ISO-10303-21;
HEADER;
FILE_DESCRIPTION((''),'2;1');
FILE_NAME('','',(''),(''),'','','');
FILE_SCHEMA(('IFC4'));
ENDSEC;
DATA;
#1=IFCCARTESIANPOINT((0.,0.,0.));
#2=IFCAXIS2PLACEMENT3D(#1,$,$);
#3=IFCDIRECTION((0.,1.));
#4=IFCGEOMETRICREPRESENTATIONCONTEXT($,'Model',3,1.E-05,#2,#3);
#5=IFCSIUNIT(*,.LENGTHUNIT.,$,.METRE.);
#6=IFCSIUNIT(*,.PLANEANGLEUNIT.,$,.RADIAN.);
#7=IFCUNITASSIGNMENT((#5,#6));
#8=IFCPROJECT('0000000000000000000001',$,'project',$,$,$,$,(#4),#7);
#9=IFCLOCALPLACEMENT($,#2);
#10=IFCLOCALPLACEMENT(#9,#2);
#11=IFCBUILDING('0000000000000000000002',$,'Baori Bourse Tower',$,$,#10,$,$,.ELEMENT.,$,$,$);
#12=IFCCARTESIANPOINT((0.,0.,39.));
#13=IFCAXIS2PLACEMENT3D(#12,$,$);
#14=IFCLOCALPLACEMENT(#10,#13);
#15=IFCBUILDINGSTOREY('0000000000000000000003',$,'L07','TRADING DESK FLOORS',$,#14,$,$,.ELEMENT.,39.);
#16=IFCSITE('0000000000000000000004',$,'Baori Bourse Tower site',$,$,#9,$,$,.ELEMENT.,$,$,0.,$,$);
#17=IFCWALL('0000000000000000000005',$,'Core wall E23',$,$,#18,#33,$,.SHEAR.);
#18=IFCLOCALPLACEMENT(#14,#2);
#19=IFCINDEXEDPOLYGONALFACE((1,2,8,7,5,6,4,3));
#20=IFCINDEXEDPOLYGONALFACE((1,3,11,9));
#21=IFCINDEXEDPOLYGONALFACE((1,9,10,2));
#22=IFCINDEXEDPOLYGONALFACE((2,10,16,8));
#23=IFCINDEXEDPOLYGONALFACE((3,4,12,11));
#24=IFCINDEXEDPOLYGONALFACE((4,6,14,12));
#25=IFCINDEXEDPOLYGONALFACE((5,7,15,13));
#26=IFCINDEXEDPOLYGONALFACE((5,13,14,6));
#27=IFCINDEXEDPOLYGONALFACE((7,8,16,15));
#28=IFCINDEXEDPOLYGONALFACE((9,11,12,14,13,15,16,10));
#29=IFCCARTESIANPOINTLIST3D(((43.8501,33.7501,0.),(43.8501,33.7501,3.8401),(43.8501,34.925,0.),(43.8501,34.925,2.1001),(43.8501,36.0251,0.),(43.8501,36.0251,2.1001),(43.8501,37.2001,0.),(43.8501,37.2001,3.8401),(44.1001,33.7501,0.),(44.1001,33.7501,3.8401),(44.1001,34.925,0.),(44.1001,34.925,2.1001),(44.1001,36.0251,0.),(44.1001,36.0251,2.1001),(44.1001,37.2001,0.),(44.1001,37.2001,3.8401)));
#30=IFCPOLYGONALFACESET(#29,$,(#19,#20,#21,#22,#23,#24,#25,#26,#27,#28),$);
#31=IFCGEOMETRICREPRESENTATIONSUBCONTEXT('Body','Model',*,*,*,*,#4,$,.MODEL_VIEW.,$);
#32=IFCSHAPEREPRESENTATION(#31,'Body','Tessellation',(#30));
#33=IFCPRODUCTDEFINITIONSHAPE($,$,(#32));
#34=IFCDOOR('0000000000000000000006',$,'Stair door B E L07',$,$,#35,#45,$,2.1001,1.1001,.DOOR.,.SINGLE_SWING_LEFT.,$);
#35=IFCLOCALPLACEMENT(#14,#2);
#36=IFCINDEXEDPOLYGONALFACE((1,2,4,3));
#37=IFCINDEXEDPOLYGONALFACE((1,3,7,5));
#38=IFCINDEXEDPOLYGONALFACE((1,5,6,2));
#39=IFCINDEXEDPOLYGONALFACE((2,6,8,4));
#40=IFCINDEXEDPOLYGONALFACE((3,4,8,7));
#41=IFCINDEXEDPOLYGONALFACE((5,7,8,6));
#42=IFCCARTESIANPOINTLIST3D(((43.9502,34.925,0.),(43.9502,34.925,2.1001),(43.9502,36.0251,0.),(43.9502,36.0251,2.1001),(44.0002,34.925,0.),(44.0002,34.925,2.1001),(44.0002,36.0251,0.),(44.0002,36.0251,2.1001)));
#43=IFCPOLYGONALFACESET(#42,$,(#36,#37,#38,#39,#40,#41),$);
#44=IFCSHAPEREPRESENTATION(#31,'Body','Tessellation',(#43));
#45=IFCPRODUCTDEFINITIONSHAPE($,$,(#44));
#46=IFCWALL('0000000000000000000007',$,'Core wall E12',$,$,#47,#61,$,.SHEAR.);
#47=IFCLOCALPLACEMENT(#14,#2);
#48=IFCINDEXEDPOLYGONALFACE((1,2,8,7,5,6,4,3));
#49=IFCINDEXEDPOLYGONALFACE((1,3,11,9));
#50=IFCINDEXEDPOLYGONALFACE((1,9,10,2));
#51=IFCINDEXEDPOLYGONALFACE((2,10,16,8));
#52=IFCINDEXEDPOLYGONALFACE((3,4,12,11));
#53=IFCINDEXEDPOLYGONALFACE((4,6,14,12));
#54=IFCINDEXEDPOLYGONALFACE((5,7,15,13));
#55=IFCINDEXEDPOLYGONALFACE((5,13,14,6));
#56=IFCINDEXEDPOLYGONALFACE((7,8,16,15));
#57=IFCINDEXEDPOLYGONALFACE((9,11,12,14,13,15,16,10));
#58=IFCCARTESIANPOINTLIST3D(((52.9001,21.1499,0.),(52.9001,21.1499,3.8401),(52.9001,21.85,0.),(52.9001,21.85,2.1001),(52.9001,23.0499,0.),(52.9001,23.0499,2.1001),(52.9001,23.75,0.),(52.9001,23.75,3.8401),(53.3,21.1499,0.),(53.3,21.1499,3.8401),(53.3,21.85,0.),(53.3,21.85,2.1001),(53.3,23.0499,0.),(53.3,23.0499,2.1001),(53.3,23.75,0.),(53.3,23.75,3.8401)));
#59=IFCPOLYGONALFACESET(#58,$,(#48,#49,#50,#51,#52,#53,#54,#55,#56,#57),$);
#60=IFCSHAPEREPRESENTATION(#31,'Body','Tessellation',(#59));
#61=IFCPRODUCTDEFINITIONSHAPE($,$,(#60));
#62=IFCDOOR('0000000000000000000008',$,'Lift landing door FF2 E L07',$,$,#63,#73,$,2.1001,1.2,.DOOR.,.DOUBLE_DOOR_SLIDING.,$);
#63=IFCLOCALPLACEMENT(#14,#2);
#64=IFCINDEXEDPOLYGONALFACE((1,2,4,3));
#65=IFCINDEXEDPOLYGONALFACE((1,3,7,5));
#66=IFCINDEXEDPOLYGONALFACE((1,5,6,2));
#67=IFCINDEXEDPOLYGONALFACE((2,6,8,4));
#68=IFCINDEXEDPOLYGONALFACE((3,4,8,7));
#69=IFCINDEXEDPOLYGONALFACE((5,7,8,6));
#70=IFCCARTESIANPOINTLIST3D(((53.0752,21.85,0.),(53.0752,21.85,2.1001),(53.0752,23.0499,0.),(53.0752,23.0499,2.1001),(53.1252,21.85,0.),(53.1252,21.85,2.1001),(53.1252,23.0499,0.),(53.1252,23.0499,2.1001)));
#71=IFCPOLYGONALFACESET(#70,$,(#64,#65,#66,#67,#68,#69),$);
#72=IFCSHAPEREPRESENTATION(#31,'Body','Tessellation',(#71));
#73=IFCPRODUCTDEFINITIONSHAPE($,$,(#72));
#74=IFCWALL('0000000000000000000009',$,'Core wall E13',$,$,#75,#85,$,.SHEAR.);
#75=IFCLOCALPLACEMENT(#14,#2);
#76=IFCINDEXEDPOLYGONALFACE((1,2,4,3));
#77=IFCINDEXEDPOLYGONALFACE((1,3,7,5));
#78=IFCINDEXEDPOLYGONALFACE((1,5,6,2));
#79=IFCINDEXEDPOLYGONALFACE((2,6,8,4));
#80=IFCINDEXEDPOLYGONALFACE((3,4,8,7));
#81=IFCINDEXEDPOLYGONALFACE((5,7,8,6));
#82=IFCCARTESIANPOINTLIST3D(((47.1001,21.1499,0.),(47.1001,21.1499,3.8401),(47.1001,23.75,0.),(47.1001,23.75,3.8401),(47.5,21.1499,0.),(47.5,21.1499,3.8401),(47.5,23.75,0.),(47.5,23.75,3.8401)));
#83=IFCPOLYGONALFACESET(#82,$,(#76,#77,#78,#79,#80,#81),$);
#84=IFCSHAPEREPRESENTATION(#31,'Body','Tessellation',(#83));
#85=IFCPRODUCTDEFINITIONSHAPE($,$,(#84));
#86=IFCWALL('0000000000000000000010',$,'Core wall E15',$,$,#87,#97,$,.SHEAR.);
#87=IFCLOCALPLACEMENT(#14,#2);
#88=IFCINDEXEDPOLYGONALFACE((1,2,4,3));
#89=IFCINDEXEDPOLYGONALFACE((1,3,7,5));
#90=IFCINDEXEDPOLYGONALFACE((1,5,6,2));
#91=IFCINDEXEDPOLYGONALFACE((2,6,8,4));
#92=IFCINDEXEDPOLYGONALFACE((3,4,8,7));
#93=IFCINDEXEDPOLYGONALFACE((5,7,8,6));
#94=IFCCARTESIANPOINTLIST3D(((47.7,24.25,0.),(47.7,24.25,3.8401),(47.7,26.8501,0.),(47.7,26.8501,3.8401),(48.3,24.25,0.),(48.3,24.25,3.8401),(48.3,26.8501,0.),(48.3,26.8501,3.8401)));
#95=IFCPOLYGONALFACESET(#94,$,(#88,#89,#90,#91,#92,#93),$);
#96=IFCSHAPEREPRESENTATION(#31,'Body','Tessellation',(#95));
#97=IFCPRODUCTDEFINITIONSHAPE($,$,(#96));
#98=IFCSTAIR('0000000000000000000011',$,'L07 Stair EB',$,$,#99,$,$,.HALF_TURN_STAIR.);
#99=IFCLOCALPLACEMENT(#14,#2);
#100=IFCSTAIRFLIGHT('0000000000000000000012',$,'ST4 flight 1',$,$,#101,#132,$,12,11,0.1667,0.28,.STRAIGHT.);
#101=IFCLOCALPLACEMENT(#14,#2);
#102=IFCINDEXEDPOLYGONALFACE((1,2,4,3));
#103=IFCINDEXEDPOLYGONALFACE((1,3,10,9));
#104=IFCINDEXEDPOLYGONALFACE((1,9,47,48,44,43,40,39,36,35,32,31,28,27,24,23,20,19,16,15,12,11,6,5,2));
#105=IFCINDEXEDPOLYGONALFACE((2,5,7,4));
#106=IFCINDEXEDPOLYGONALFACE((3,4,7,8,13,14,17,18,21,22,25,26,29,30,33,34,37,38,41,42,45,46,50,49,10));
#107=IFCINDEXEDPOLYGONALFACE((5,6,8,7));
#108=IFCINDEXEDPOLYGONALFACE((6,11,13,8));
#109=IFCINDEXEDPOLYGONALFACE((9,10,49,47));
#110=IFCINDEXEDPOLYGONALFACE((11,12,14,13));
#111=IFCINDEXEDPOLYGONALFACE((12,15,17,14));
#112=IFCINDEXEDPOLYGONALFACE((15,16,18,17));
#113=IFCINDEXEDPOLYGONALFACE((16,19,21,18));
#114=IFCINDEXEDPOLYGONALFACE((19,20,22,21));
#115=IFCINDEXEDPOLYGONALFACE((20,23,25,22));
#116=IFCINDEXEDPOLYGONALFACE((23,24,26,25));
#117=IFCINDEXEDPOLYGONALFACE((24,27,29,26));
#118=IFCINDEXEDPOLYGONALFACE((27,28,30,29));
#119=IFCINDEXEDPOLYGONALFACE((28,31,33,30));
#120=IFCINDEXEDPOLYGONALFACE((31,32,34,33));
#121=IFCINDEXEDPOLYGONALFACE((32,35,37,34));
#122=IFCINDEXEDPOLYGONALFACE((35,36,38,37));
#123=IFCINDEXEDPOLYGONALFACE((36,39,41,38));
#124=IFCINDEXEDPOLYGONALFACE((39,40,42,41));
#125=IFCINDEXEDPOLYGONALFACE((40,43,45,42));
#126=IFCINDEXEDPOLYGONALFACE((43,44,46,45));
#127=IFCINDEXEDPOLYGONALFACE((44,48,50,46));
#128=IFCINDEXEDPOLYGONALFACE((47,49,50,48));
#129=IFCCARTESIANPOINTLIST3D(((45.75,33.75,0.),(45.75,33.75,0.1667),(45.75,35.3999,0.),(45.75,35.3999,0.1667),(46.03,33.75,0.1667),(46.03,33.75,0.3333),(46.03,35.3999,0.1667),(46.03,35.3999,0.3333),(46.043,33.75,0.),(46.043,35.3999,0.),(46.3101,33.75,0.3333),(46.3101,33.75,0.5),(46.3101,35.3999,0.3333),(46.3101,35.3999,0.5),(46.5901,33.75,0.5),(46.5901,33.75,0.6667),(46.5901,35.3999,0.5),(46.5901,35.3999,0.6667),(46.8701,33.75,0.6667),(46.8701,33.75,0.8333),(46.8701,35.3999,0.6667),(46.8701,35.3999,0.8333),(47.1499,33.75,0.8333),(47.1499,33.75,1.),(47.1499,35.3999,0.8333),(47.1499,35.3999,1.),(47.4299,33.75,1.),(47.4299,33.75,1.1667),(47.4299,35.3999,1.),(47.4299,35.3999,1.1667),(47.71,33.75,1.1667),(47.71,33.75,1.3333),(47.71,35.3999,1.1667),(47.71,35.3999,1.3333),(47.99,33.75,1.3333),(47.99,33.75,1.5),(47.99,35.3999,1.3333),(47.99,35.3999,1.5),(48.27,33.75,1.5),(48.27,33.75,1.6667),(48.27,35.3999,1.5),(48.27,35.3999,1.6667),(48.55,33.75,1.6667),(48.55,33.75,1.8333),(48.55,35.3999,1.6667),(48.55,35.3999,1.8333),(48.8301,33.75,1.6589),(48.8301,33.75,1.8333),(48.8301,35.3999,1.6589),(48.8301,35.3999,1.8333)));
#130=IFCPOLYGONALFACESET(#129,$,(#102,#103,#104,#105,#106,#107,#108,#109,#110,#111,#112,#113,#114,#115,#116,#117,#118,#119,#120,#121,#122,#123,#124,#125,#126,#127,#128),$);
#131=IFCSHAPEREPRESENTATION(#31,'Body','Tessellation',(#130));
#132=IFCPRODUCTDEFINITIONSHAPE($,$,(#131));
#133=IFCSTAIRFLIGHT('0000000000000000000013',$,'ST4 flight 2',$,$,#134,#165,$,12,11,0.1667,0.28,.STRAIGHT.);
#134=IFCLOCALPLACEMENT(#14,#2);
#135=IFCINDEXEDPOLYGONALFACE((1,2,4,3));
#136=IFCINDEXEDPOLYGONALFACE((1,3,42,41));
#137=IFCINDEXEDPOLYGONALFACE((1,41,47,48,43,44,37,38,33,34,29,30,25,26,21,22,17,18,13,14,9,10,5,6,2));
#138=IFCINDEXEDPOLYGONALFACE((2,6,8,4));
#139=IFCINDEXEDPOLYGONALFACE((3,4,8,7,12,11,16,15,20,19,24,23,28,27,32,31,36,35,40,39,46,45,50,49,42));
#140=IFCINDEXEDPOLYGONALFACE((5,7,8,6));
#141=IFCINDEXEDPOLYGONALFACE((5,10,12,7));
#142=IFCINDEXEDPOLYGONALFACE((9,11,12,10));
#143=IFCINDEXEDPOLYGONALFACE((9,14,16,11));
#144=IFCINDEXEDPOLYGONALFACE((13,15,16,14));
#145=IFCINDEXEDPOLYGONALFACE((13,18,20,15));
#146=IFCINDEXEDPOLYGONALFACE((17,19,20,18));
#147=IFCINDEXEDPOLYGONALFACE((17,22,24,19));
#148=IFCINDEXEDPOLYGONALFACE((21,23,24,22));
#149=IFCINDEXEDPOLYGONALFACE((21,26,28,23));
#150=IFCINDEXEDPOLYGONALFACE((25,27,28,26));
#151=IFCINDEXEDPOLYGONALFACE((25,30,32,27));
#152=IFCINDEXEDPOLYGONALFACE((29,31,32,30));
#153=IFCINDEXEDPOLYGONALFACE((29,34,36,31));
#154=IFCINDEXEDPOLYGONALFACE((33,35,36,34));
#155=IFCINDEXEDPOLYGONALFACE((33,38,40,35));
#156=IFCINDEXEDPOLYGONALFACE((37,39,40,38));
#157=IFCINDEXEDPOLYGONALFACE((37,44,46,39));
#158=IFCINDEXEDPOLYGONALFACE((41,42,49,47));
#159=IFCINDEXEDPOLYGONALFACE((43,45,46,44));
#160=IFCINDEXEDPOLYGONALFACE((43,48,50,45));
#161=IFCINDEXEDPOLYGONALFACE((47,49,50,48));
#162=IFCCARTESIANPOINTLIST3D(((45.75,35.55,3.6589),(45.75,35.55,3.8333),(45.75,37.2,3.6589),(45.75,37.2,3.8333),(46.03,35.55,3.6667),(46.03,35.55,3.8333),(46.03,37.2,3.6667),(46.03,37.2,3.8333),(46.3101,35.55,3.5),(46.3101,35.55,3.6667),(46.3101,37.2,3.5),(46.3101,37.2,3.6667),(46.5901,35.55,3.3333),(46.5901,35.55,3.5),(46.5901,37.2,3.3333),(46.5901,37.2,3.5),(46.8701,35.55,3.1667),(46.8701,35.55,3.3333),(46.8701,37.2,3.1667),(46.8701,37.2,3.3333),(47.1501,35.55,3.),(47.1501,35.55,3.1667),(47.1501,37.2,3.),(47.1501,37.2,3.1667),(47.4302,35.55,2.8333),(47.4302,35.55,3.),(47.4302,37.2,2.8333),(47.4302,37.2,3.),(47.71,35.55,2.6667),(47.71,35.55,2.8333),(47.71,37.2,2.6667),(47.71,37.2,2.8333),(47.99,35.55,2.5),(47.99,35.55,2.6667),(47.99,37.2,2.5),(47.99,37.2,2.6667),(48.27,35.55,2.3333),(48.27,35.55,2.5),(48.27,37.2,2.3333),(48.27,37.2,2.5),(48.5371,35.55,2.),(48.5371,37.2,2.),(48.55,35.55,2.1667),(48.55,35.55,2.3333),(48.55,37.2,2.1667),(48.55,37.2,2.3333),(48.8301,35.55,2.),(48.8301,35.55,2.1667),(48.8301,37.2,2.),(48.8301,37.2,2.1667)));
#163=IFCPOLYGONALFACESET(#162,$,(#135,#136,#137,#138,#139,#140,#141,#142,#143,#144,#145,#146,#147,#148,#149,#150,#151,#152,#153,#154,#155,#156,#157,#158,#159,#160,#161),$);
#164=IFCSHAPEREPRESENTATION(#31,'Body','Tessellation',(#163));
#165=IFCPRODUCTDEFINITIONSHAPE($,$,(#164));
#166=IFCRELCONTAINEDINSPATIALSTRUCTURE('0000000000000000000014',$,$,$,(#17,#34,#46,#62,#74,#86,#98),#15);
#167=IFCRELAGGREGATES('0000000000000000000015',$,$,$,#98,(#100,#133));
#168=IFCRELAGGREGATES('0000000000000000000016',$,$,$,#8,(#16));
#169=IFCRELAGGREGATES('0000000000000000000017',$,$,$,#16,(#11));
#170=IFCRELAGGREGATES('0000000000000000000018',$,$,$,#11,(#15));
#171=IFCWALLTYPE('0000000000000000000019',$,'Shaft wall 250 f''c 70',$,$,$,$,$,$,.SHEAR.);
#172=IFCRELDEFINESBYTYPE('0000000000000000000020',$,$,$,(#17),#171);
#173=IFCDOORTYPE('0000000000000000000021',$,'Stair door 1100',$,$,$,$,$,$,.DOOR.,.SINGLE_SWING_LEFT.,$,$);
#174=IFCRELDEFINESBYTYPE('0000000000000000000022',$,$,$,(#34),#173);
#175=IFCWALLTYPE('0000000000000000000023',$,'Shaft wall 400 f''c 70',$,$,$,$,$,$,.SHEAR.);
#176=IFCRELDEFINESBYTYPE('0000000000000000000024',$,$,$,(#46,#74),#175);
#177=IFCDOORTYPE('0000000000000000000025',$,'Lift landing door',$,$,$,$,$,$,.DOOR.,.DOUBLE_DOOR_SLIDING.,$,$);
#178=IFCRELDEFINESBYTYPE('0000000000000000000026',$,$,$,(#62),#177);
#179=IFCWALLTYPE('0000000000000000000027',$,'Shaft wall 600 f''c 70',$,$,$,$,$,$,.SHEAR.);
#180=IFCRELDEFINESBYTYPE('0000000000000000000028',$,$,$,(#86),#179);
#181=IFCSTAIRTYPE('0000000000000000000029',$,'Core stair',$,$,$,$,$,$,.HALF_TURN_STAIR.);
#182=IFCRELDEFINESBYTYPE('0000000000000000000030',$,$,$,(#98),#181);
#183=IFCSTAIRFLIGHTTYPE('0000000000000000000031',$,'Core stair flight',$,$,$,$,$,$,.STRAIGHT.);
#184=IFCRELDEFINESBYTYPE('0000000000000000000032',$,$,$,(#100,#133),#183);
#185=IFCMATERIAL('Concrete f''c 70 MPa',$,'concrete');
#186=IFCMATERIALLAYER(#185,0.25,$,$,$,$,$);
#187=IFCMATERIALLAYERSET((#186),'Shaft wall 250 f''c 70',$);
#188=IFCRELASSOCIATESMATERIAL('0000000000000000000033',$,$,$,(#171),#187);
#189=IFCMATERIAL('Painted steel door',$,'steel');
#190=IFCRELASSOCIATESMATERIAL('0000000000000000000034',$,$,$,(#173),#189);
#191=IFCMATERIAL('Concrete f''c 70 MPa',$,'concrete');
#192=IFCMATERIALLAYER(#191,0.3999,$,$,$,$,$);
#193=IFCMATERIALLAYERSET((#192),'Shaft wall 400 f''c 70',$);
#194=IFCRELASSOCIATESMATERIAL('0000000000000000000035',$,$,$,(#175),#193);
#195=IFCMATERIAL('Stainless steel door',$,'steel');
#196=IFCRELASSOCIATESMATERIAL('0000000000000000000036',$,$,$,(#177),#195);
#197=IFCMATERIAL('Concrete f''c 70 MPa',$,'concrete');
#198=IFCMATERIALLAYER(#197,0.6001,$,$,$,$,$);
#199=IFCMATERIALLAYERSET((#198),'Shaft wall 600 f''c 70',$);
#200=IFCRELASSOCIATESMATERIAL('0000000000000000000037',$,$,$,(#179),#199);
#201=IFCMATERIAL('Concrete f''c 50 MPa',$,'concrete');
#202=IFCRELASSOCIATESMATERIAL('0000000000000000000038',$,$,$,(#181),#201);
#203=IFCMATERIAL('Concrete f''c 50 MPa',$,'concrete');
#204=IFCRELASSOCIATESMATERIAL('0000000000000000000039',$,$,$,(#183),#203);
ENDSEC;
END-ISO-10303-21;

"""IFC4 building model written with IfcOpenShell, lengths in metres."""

from ifc_helpers import new_model, si_unit, direction, frame, frame_2d, origin, place, context, subcontext, project, spatial, polyline, rectangle, outline, extrude, material, layer, layer_set, type_object, element, fill, aggregate, save


model = new_model("IFC4")

# Units and contexts
model_context = context("Model", 3, precision=1e-05, world=origin(), true_north=direction((0.0, 1.0)))
body_context = subcontext(model_context, "Body", "Model", "MODEL_VIEW")
ifc_project = project(units=[si_unit("LENGTHUNIT", "METRE"), si_unit("PLANEANGLEUNIT", "RADIAN")], contexts=[model_context])

# Site, building, storey
site_placement = place(None, origin())
site = spatial("IfcSite", under=ifc_project, at=site_placement, Name="Baori Bourse Tower site", CompositionType="ELEMENT", RefElevation=0.0)
building_placement = place(site_placement, origin())
building = spatial("IfcBuilding", under=site, at=building_placement, Name="Baori Bourse Tower", CompositionType="ELEMENT")
storey_placement = place(building_placement, frame((0.0, 0.0, 39.0)))
storey = spatial("IfcBuildingStorey", under=building, at=storey_placement, Name="L07", Description="TRADING DESK FLOORS", CompositionType="ELEMENT", Elevation=39.0)

# Walls, openings, doors
ifc_material_1 = material(Name="Concrete f'c 70 MPa", Category="concrete")
ifc_layer_1 = layer(ifc_material_1, 0.25)
ifc_layer_set_1 = layer_set([ifc_layer_1], Name="Shaft wall 250 f'c 70")
wall_type_1 = type_object("IfcWallType", Name="Shaft wall 250 f'c 70", PredefinedType="SHEAR", material=ifc_layer_set_1)
wall_1_placement = place(storey_placement, frame((43.9751, 33.75, 0.0), z_axis=(0.0, 0.0, 1.0), x_axis=(0.0, 1.0, 0.0)))
wall_1 = element("IfcWall", 1, at=wall_1_placement, inside=storey, type_object=wall_type_1, Name="Core wall E23", PredefinedType="SHEAR", context=body_context, shape_type="SweptSolid", body=[
    extrude(rectangle(XDim=3.45, YDim=0.25, at=frame_2d((1.7251, 0.0))), origin(), (0.0, 0.0, 1.0), 3.8401),
])
opening_1_placement = place(wall_1_placement, frame((1.175, 0.0, 0.0)))
opening_1 = element("IfcOpeningElement", 2, at=opening_1_placement, cuts=wall_1, PredefinedType="OPENING", context=body_context, shape_type="SweptSolid", body=[
    extrude(rectangle(XDim=1.1001, YDim=2.1001, at=frame_2d((0.55, 1.05))), frame((0.0, 0.135, 0.0), z_axis=(0.0, -1.0, 0.0), x_axis=(1.0, 0.0, 0.0)), (0.0, 0.0, 1.0), 0.27),
])
ifc_material_2 = material(Name="Painted steel door", Category="steel")
door_type_1 = type_object("IfcDoorType", Name="Stair door 1100", OperationType="SINGLE_SWING_LEFT", PredefinedType="DOOR", material=ifc_material_2)
door_1_placement = place(opening_1_placement, origin())
door_1 = element("IfcDoor", 3, at=door_1_placement, inside=storey, type_object=door_type_1, Name="Stair door B E L07", OperationType="SINGLE_SWING_LEFT", OverallHeight=2.1001, OverallWidth=1.1001, PredefinedType="DOOR", context=body_context, shape_type="SweptSolid", body=[
    extrude(rectangle(XDim=1.1001, YDim=2.1001, at=frame_2d((0.55, 1.05))), frame((0.0, 0.0249, 0.0), z_axis=(0.0, -1.0, 0.0), x_axis=(1.0, 0.0, 0.0)), (0.0, 0.0, 1.0), 0.05),
])
fill(opening_1, door_1)
ifc_material_3 = material(Name="Concrete f'c 70 MPa", Category="concrete")
ifc_layer_2 = layer(ifc_material_3, 0.3999)
ifc_layer_set_2 = layer_set([ifc_layer_2], Name="Shaft wall 400 f'c 70")
wall_type_2 = type_object("IfcWallType", Name="Shaft wall 400 f'c 70", PredefinedType="SHEAR", material=ifc_layer_set_2)
wall_2_placement = place(storey_placement, frame((53.1001, 21.1499, 0.0), z_axis=(0.0, 0.0, 1.0), x_axis=(0.0, 1.0, 0.0)))
wall_2 = element("IfcWall", 4, at=wall_2_placement, inside=storey, type_object=wall_type_2, Name="Core wall E12", PredefinedType="SHEAR", context=body_context, shape_type="SweptSolid", body=[
    extrude(rectangle(XDim=2.6001, YDim=0.3999, at=frame_2d((1.3, 0.0))), origin(), (0.0, 0.0, 1.0), 3.8401),
])
opening_2_placement = place(wall_2_placement, frame((0.7, 0.0, 0.0)))
opening_2 = element("IfcOpeningElement", 5, at=opening_2_placement, cuts=wall_2, PredefinedType="OPENING", context=body_context, shape_type="SweptSolid", body=[
    extrude(rectangle(XDim=1.2, YDim=2.1001, at=frame_2d((0.6001, 1.05))), frame((0.0, 0.21, 0.0), z_axis=(0.0, -1.0, 0.0), x_axis=(1.0, 0.0, 0.0)), (0.0, 0.0, 1.0), 0.4199),
])
ifc_material_4 = material(Name="Stainless steel door", Category="steel")
door_type_2 = type_object("IfcDoorType", Name="Lift landing door", OperationType="DOUBLE_DOOR_SLIDING", PredefinedType="DOOR", material=ifc_material_4)
door_2_placement = place(opening_2_placement, origin())
door_2 = element("IfcDoor", 6, at=door_2_placement, inside=storey, type_object=door_type_2, Name="Lift landing door FF2 E L07", OperationType="DOUBLE_DOOR_SLIDING", OverallHeight=2.1001, OverallWidth=1.2, PredefinedType="DOOR", context=body_context, shape_type="SweptSolid", body=[
    extrude(rectangle(XDim=1.2, YDim=2.1001, at=frame_2d((0.6001, 1.05))), frame((0.0, 0.0249, 0.0), z_axis=(0.0, -1.0, 0.0), x_axis=(1.0, 0.0, 0.0)), (0.0, 0.0, 1.0), 0.05),
])
fill(opening_2, door_2)

# Walls
wall_3_placement = place(storey_placement, frame((47.3, 21.1499, 0.0), z_axis=(0.0, 0.0, 1.0), x_axis=(0.0, 1.0, 0.0)))
element("IfcWall", 7, at=wall_3_placement, inside=storey, type_object=wall_type_2, Name="Core wall E13", PredefinedType="SHEAR", context=body_context, shape_type="SweptSolid", body=[
    extrude(rectangle(XDim=2.6001, YDim=0.3999, at=frame_2d((1.3, 0.0))), origin(), (0.0, 0.0, 1.0), 3.8401),
])
ifc_material_5 = material(Name="Concrete f'c 70 MPa", Category="concrete")
ifc_layer_3 = layer(ifc_material_5, 0.6001)
ifc_layer_set_3 = layer_set([ifc_layer_3], Name="Shaft wall 600 f'c 70")
wall_type_3 = type_object("IfcWallType", Name="Shaft wall 600 f'c 70", PredefinedType="SHEAR", material=ifc_layer_set_3)
wall_4_placement = place(storey_placement, frame((48.0, 24.25, 0.0), z_axis=(0.0, 0.0, 1.0), x_axis=(0.0, 1.0, 0.0)))
element("IfcWall", 8, at=wall_4_placement, inside=storey, type_object=wall_type_3, Name="Core wall E15", PredefinedType="SHEAR", context=body_context, shape_type="SweptSolid", body=[
    extrude(rectangle(XDim=2.6001, YDim=0.6001, at=frame_2d((1.3, 0.0))), origin(), (0.0, 0.0, 1.0), 3.8401),
])

# Stair, stair flights
ifc_material_6 = material(Name="Concrete f'c 50 MPa", Category="concrete")
stair_type = type_object("IfcStairType", Name="Core stair", PredefinedType="HALF_TURN_STAIR", material=ifc_material_6)
stair_placement = place(storey_placement, origin())
stair = element("IfcStair", 9, at=stair_placement, inside=storey, type_object=stair_type, Name="L07 Stair EB", PredefinedType="HALF_TURN_STAIR")
ifc_material_7 = material(Name="Concrete f'c 50 MPa", Category="concrete")
stair_flight_type = type_object("IfcStairFlightType", Name="Core stair flight", PredefinedType="STRAIGHT", material=ifc_material_7)
stair_flight_1_placement = place(storey_placement, frame((45.75, 34.575, 0.0), z_axis=(0.0, 0.0, 1.0), x_axis=(1.0, 0.0, 0.0)))
stair_flight_1 = element("IfcStairFlight", 10, at=stair_flight_1_placement, type_object=stair_flight_type, Name="ST4 flight 1", NumberOfRisers=12, NumberOfTreads=11, PredefinedType="STRAIGHT", RiserHeight=0.1667, TreadLength=0.28, context=body_context, shape_type="SweptSolid", body=[
    extrude(outline(polyline([(0.0, 0.0), (0.0, 0.1667), (0.28, 0.1667), (0.28, 0.3333), (0.5601, 0.3333), (0.5601, 0.5), (0.8401, 0.5), (0.8401, 0.6667), (1.1201, 0.6667), (1.1201, 0.8333), (1.3999, 0.8333), (1.3999, 1.0), (1.6799, 1.0), (1.6799, 1.1667), (1.96, 1.1667), (1.96, 1.3333), (2.24, 1.3333), (2.24, 1.5), (2.52, 1.5), (2.52, 1.6667), (2.8, 1.6667), (2.8, 1.8333), (3.0801, 1.8333), (3.0801, 2.0), (3.0801, 1.6589), (0.293, 0.0), (0.0, 0.0)])), frame((0.0, 0.825, 0.0), z_axis=(0.0, -1.0, 0.0), x_axis=(1.0, 0.0, 0.0)), (0.0, 0.0, 1.0), 1.6499),
])
stair_flight_2_placement = place(storey_placement, frame((48.8301, 36.375, 2.0), z_axis=(0.0, 0.0, 1.0), x_axis=(-1.0, 0.0, 0.0)))
stair_flight_2 = element("IfcStairFlight", 11, at=stair_flight_2_placement, type_object=stair_flight_type, Name="ST4 flight 2", NumberOfRisers=12, NumberOfTreads=11, PredefinedType="STRAIGHT", RiserHeight=0.1667, TreadLength=0.28, context=body_context, shape_type="SweptSolid", body=[
    extrude(outline(polyline([(0.0, 0.0), (0.0, 0.1667), (0.28, 0.1667), (0.28, 0.3333), (0.5601, 0.3333), (0.5601, 0.5), (0.8401, 0.5), (0.8401, 0.6667), (1.1201, 0.6667), (1.1201, 0.8333), (1.3999, 0.8333), (1.3999, 1.0), (1.6799, 1.0), (1.6799, 1.1667), (1.96, 1.1667), (1.96, 1.3333), (2.24, 1.3333), (2.24, 1.5), (2.52, 1.5), (2.52, 1.6667), (2.8, 1.6667), (2.8, 1.8333), (3.0801, 1.8333), (3.0801, 2.0), (3.0801, 1.6589), (0.293, 0.0), (0.0, 0.0)])), frame((0.0, 0.825, 0.0), z_axis=(0.0, -1.0, 0.0), x_axis=(1.0, 0.0, 0.0)), (0.0, 0.0, 1.0), 1.6499),
])
aggregate(stair, [stair_flight_1, stair_flight_2])

save(model, "model.ifc")
